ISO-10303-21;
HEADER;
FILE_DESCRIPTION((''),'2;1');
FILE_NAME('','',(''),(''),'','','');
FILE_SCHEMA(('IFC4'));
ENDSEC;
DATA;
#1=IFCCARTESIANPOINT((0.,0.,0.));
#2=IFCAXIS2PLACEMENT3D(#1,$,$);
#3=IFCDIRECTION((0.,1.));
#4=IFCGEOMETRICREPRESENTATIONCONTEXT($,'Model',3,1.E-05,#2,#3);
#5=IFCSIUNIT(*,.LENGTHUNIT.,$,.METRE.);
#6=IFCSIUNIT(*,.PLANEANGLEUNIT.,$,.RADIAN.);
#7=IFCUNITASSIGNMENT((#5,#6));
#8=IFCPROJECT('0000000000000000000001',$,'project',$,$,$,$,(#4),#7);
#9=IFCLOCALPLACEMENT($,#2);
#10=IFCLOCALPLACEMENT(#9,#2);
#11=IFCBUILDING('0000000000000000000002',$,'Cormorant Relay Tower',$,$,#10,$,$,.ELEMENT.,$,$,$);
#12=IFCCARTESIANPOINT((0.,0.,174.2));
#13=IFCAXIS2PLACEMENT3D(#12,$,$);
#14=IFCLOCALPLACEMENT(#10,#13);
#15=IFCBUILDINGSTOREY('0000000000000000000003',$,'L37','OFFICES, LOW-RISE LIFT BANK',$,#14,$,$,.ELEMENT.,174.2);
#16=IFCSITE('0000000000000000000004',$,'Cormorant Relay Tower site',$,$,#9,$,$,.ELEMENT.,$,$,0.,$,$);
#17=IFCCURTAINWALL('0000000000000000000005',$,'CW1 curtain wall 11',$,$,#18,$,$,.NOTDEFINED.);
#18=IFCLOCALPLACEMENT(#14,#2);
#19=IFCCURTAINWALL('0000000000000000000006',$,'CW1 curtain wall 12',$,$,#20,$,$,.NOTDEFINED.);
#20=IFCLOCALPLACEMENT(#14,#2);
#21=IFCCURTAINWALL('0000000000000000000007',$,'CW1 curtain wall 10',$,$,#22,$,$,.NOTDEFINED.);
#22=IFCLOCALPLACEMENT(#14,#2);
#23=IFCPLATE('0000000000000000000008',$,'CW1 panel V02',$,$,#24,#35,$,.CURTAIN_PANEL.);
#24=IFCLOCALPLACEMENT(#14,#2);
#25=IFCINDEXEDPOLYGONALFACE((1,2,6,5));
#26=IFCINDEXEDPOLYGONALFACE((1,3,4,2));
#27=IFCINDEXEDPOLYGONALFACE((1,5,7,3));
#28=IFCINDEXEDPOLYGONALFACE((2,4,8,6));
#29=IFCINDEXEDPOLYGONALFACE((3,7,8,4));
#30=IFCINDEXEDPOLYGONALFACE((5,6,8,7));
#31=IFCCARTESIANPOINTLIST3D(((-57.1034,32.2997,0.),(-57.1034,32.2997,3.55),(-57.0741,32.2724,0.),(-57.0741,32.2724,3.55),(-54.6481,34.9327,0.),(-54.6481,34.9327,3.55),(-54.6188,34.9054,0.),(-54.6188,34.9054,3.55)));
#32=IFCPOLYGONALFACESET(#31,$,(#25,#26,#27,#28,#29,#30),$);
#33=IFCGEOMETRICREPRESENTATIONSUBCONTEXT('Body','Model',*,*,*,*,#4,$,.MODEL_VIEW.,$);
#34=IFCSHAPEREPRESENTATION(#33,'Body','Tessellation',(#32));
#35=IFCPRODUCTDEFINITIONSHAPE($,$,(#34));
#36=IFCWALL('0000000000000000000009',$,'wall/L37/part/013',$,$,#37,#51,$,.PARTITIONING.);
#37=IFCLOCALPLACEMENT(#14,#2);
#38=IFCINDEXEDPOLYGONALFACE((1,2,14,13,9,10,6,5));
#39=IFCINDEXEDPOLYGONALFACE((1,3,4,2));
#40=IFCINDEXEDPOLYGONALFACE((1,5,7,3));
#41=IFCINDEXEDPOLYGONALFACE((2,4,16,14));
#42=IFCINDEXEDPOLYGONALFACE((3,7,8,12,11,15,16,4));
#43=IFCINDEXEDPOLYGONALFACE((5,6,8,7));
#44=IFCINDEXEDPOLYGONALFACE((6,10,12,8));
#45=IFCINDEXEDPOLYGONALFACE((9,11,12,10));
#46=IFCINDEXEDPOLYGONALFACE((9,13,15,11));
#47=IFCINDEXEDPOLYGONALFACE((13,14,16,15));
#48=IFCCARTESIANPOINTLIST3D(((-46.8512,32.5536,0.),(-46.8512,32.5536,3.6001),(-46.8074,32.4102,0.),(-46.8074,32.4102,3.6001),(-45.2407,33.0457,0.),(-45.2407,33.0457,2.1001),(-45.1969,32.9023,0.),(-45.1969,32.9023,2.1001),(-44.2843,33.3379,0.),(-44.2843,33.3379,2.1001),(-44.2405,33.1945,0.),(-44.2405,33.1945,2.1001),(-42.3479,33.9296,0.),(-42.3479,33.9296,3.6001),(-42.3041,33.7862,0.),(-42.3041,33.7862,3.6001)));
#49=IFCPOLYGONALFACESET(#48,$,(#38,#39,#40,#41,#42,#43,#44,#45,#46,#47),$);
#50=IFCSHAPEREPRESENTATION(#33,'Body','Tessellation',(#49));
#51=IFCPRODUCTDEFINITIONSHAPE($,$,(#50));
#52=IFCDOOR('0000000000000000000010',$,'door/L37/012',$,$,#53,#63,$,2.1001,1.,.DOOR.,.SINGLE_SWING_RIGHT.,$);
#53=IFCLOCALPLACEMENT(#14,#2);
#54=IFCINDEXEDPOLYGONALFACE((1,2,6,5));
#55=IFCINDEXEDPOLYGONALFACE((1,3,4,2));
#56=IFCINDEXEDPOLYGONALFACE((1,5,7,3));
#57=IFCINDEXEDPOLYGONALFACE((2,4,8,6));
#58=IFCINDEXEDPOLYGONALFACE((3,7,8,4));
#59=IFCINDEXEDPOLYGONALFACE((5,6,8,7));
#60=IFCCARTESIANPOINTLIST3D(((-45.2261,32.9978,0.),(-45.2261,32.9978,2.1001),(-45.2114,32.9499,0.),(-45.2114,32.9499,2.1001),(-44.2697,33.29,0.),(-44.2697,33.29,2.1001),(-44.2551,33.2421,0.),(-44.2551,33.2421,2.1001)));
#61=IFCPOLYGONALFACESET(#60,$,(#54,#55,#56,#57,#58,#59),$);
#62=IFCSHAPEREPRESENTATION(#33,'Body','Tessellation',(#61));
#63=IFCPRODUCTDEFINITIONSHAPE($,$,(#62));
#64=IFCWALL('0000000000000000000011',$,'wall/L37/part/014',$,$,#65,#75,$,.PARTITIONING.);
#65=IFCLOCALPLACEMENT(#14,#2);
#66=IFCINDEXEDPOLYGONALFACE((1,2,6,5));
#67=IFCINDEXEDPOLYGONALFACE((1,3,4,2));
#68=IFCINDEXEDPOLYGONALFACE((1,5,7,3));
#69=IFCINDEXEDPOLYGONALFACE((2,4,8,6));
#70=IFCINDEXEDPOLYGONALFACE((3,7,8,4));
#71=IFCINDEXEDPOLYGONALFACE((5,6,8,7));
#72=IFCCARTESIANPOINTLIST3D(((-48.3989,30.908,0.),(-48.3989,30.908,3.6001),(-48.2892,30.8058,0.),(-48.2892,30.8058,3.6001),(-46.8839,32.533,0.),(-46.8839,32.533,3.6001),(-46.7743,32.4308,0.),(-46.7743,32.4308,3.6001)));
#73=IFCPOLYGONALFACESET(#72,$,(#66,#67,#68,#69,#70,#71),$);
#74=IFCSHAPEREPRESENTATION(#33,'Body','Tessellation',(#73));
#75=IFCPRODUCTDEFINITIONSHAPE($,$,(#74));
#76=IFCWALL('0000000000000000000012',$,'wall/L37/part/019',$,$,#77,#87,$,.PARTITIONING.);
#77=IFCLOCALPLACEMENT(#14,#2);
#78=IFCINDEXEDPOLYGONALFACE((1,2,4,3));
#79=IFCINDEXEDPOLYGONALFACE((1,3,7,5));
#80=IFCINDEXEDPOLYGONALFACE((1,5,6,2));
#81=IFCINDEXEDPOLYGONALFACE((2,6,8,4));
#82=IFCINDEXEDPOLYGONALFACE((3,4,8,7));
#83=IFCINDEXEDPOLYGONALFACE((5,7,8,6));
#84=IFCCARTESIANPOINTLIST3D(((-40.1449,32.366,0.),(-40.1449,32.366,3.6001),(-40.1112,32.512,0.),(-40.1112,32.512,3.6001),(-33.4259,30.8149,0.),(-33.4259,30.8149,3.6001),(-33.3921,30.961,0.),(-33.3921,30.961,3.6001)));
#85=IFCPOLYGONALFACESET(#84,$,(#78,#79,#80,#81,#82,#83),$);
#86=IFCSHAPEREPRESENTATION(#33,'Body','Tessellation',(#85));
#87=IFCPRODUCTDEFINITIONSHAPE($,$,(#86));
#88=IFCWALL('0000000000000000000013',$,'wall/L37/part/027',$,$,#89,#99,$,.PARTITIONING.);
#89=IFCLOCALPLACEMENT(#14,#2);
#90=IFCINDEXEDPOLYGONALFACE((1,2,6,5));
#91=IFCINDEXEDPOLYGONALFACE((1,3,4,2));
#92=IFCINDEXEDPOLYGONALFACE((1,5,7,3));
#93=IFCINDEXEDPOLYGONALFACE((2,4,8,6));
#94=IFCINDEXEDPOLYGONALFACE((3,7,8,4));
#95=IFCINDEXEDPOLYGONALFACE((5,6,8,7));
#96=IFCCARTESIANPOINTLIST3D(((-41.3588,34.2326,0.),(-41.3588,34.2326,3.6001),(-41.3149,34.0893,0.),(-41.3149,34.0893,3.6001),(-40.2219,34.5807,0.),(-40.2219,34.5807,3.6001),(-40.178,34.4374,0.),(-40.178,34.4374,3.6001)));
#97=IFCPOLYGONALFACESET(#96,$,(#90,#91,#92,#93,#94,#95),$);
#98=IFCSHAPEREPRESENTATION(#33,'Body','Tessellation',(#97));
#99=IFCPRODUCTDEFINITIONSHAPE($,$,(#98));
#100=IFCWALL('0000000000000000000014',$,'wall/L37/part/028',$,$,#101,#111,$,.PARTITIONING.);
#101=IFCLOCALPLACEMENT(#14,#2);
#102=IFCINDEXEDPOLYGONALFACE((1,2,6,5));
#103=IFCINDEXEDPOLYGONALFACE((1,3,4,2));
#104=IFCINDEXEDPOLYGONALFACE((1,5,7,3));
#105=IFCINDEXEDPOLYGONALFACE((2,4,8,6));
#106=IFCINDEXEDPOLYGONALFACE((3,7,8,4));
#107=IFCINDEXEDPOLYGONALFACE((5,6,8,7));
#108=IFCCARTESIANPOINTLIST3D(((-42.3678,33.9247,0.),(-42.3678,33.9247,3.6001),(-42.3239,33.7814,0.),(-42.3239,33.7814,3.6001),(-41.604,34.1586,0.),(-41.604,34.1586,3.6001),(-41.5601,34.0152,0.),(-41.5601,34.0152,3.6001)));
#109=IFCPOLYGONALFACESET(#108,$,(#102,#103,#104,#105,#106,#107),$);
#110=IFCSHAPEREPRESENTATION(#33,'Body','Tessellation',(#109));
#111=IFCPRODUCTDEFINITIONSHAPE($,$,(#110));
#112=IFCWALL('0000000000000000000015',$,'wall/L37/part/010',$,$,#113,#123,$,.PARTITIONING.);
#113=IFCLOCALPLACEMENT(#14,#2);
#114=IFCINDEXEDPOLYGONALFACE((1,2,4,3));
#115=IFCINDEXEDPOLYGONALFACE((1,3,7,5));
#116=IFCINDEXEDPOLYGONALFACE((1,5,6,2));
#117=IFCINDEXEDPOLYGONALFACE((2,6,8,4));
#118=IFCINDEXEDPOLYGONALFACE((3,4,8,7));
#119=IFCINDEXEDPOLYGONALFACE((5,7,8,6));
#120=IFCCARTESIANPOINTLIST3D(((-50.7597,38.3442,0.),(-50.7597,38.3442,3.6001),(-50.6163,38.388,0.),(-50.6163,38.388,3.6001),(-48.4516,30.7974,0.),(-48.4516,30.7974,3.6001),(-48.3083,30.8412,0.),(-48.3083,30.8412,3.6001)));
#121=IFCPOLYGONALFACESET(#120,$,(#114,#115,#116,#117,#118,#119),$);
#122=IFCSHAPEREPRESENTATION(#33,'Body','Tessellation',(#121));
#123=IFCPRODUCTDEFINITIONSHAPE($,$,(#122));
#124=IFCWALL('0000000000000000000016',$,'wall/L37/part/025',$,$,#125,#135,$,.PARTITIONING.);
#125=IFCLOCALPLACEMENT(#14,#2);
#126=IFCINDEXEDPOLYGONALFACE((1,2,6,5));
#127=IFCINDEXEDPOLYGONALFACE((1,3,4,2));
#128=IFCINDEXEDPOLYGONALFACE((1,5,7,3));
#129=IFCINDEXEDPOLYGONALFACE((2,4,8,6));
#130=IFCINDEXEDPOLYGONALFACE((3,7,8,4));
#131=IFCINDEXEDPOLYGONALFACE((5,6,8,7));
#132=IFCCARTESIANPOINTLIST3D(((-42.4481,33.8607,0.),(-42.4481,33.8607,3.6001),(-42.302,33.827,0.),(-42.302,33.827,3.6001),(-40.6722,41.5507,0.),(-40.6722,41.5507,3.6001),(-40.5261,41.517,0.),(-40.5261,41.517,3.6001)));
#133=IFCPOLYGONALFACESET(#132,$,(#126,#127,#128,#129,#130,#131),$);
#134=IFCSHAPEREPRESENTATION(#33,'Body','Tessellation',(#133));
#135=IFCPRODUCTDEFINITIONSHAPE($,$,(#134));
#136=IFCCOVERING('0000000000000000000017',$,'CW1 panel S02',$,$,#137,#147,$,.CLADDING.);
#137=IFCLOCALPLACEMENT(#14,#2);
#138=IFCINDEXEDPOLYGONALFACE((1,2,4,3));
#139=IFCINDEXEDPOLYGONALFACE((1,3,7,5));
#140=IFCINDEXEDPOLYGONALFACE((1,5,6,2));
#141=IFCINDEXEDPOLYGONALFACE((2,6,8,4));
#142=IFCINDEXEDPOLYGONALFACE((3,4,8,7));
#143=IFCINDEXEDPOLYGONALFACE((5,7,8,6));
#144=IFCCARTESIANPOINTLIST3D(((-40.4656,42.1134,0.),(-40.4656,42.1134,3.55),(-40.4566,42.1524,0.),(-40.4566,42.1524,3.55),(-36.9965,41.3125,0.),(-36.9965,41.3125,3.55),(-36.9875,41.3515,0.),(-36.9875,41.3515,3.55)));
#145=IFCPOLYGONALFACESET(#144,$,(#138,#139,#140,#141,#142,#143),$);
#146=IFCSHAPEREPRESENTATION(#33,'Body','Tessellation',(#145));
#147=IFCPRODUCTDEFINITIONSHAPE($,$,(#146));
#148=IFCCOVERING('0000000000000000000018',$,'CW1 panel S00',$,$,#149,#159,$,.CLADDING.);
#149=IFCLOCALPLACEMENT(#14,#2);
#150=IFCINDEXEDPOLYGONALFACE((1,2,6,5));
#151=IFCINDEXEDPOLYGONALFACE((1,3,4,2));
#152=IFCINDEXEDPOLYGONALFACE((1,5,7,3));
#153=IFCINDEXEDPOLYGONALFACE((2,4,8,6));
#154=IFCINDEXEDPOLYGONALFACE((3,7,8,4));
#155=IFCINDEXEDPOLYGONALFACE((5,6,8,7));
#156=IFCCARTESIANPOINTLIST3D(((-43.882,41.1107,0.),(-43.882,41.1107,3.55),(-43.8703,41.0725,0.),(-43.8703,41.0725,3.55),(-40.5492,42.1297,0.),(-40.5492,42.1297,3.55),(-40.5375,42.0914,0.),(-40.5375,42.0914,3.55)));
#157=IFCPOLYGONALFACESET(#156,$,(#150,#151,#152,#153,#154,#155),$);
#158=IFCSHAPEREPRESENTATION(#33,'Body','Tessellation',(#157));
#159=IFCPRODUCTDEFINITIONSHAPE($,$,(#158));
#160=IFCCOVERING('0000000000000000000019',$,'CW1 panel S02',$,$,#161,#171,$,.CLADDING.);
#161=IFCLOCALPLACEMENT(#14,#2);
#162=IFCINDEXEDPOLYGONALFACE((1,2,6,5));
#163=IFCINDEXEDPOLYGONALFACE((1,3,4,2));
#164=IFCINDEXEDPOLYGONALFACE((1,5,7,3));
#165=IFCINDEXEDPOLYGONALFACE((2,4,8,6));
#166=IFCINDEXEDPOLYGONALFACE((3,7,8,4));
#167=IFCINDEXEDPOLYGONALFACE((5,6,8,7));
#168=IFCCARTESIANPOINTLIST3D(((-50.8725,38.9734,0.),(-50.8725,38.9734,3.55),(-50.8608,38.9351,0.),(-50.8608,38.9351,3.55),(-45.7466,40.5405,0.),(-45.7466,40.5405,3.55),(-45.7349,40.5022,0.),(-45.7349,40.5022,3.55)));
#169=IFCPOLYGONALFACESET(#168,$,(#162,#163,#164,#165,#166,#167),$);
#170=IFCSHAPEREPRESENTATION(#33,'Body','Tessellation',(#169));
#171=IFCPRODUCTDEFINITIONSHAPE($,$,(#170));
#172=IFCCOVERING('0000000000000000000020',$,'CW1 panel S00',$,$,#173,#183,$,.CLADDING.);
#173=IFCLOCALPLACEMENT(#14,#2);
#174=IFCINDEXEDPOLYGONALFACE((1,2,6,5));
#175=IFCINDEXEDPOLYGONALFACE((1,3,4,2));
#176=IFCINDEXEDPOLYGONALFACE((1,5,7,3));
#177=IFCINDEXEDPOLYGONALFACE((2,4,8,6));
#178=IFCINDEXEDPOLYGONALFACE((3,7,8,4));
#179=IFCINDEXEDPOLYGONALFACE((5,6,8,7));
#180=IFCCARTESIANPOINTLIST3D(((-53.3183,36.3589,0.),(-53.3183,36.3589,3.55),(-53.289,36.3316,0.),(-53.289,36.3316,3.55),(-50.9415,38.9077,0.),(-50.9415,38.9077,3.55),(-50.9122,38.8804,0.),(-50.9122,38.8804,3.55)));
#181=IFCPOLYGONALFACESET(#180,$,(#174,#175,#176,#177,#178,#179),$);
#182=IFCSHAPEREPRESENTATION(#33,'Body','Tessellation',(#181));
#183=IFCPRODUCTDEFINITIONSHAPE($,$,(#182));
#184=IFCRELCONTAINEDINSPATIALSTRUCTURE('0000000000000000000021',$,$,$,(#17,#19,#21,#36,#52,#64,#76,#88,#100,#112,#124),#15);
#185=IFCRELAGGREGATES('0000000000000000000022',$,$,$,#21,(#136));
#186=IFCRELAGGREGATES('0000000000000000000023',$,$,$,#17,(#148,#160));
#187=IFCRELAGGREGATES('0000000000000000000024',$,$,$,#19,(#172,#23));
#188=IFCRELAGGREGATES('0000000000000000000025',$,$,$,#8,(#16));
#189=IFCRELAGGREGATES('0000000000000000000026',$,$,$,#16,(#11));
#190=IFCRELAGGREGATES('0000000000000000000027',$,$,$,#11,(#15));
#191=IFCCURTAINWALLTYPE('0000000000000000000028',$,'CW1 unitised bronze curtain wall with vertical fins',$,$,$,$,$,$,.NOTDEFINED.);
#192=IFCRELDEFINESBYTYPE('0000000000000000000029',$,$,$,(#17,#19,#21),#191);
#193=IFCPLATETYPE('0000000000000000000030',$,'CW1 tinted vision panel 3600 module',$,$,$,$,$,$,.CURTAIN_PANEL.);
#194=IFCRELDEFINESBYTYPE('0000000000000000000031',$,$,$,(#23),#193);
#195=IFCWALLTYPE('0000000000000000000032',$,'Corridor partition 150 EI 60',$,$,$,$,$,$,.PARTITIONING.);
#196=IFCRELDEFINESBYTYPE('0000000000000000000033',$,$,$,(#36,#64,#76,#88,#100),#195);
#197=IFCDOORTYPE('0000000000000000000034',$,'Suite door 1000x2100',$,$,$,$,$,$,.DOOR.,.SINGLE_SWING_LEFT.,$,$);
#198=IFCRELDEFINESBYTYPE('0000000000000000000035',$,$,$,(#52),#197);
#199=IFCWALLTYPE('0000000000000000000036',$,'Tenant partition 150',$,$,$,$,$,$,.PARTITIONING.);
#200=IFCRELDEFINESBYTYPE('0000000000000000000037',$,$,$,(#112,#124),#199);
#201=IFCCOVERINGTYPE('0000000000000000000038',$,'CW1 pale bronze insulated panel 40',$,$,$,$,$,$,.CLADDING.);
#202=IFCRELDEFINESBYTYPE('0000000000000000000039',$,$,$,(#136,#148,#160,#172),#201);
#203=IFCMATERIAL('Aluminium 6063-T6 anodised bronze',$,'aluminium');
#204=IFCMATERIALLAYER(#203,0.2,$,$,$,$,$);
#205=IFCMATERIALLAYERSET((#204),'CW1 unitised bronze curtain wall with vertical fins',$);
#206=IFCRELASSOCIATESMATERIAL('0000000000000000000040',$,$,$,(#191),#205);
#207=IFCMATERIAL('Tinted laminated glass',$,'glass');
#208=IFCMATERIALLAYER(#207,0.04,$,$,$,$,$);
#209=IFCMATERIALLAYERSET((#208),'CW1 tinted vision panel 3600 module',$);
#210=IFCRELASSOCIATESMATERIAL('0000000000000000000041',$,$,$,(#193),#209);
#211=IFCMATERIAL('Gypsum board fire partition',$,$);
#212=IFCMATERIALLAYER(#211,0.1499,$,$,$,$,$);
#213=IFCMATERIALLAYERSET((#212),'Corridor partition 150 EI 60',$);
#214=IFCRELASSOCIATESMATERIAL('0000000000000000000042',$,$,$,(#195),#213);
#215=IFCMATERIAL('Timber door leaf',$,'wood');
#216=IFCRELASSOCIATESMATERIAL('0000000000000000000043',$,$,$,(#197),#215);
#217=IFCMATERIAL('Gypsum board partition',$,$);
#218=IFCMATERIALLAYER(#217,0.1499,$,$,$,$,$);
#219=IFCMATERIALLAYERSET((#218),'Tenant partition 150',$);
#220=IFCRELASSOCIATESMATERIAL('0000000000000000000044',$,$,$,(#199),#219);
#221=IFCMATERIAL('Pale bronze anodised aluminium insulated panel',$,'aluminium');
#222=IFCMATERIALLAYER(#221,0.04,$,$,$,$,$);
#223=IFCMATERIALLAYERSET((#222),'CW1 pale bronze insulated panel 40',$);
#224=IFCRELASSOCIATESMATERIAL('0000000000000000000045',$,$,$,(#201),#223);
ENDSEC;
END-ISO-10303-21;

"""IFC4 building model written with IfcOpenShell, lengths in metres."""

from ifc_helpers import new_model, si_unit, direction, frame, frame_2d, origin, origin_2d, place, context, subcontext, project, spatial, rectangle, extrude, material, layer, layer_set, type_object, element, fill, aggregate, save


model = new_model("IFC4")

# Units and contexts
model_context = context("Model", 3, precision=1e-05, world=origin(), true_north=direction((0.0, 1.0)))
body_context = subcontext(model_context, "Body", "Model", "MODEL_VIEW")
ifc_project = project(units=[si_unit("LENGTHUNIT", "METRE"), si_unit("PLANEANGLEUNIT", "RADIAN")], contexts=[model_context])

# Site, building, storey
site_placement = place(None, origin())
site = spatial("IfcSite", under=ifc_project, at=site_placement, Name="Cormorant Relay Tower site", CompositionType="ELEMENT", RefElevation=0.0)
building_placement = place(site_placement, origin())
building = spatial("IfcBuilding", under=site, at=building_placement, Name="Cormorant Relay Tower", CompositionType="ELEMENT")
storey_placement = place(building_placement, frame((0.0, 0.0, 174.2)))
storey = spatial("IfcBuildingStorey", under=building, at=storey_placement, Name="L37", Description="OFFICES, LOW-RISE LIFT BANK", CompositionType="ELEMENT", Elevation=174.2)

# Curtain walls
ifc_material_1 = material(Name="Aluminium 6063-T6 anodised bronze", Category="aluminium")
ifc_layer_1 = layer(ifc_material_1, 0.2)
ifc_layer_set_1 = layer_set([ifc_layer_1], Name="CW1 unitised bronze curtain wall with vertical fins")
curtain_wall_type = type_object("IfcCurtainWallType", Name="CW1 unitised bronze curtain wall with vertical fins", PredefinedType="NOTDEFINED", material=ifc_layer_set_1)
curtain_wall_1_placement = place(storey_placement, origin())
curtain_wall_1 = element("IfcCurtainWall", 1, at=curtain_wall_1_placement, inside=storey, type_object=curtain_wall_type, Name="CW1 curtain wall 11", PredefinedType="NOTDEFINED")
curtain_wall_2_placement = place(storey_placement, origin())
curtain_wall_2 = element("IfcCurtainWall", 2, at=curtain_wall_2_placement, inside=storey, type_object=curtain_wall_type, Name="CW1 curtain wall 12", PredefinedType="NOTDEFINED")

# Curtain wall
curtain_wall_3_placement = place(storey_placement, origin())
curtain_wall_3 = element("IfcCurtainWall", 3, at=curtain_wall_3_placement, inside=storey, type_object=curtain_wall_type, Name="CW1 curtain wall 10", PredefinedType="NOTDEFINED")

# Plate
ifc_material_2 = material(Name="Tinted laminated glass", Category="glass")
ifc_layer_2 = layer(ifc_material_2, 0.04)
ifc_layer_set_2 = layer_set([ifc_layer_2], Name="CW1 tinted vision panel 3600 module")
plate_type_1 = type_object("IfcPlateType", Name="CW1 tinted vision panel 3600 module", PredefinedType="CURTAIN_PANEL", material=ifc_layer_set_2)
plate_1_placement = place(storey_placement, frame((-55.8611, 33.6025, 0.0), z_axis=(0.0, 0.0, 1.0), x_axis=(-0.681998, -0.731354, 0.0)))
plate_1 = element("IfcPlate", 4, at=plate_1_placement, type_object=plate_type_1, Name="CW1 panel V02", PredefinedType="CURTAIN_PANEL", context=body_context, shape_type="SweptSolid", body=[
    extrude(rectangle(XDim=3.6001, YDim=0.04, at=origin_2d()), origin(), (0.0, 0.0, 1.0), 3.55),
])

# Wall, opening, door
ifc_material_3 = material(Name="Gypsum board fire partition")
ifc_layer_3 = layer(ifc_material_3, 0.1499)
ifc_layer_set_3 = layer_set([ifc_layer_3], Name="Corridor partition 150 EI 60")
wall_type_1 = type_object("IfcWallType", Name="Corridor partition 150 EI 60", PredefinedType="PARTITIONING", material=ifc_layer_set_3)
wall_1_placement = place(storey_placement, frame((-42.3259, 33.8579, 0.0), z_axis=(0.0, 0.0, 1.0), x_axis=(-0.956351, -0.29222, 0.0)))
wall_1 = element("IfcWall", 5, at=wall_1_placement, inside=storey, type_object=wall_type_1, Name="wall/L37/part/013", PredefinedType="PARTITIONING", context=body_context, shape_type="SweptSolid", body=[
    extrude(rectangle(XDim=4.7087, YDim=0.1499, at=frame_2d((2.3545, 0.0))), origin(), (0.0, 0.0, 1.0), 3.6001),
])
opening_placement = place(wall_1_placement, frame((2.0249, 0.0, 0.0)))
opening = element("IfcOpeningElement", 6, at=opening_placement, cuts=wall_1, PredefinedType="OPENING", context=body_context, shape_type="SweptSolid", body=[
    extrude(rectangle(XDim=1.0, YDim=2.1001, at=frame_2d((0.5, 1.05))), frame((0.0, 0.085, 0.0), z_axis=(0.0, -1.0, 0.0), x_axis=(1.0, 0.0, 0.0)), (0.0, 0.0, 1.0), 0.1699),
])
ifc_material_4 = material(Name="Timber door leaf", Category="wood")
door_type = type_object("IfcDoorType", Name="Suite door 1000x2100", OperationType="SINGLE_SWING_LEFT", PredefinedType="DOOR", material=ifc_material_4)
door_placement = place(opening_placement, frame((1.0, 0.0, 0.0), z_axis=(0.0, 0.0, 1.0), x_axis=(-1.0, 0.0, 0.0)))
door = element("IfcDoor", 7, at=door_placement, inside=storey, type_object=door_type, Name="door/L37/012", OperationType="SINGLE_SWING_RIGHT", OverallHeight=2.1001, OverallWidth=1.0, PredefinedType="DOOR", context=body_context, shape_type="SweptSolid", body=[
    extrude(rectangle(XDim=1.0, YDim=2.1001, at=frame_2d((0.5, 1.05))), frame((0.0, 0.0249, 0.0), z_axis=(0.0, -1.0, 0.0), x_axis=(1.0, 0.0, 0.0)), (0.0, 0.0, 1.0), 0.05),
])
fill(opening, door)

# Walls
wall_2_placement = place(storey_placement, frame((-46.8291, 32.4819, 0.0), z_axis=(0.0, 0.0, 1.0), x_axis=(-0.681891, -0.731453, 0.0)))
element("IfcWall", 8, at=wall_2_placement, inside=storey, type_object=wall_type_1, Name="wall/L37/part/014", PredefinedType="PARTITIONING", context=body_context, shape_type="SweptSolid", body=[
    extrude(rectangle(XDim=2.2217, YDim=0.1499, at=frame_2d((1.1108, 0.0))), origin(), (0.0, 0.0, 1.0), 3.6001),
])
wall_3_placement = place(storey_placement, frame((-40.1279, 32.439, 0.0), z_axis=(0.0, 0.0, 1.0), x_axis=(0.974376, -0.224927, 0.0)))
element("IfcWall", 9, at=wall_3_placement, inside=storey, type_object=wall_type_1, Name="wall/L37/part/019", PredefinedType="PARTITIONING", context=body_context, shape_type="SweptSolid", body=[
    extrude(rectangle(XDim=6.8958, YDim=0.1499, at=frame_2d((3.4478, 0.0))), origin(), (0.0, 0.0, 1.0), 3.6001),
])
wall_4_placement = place(storey_placement, frame((-40.2, 34.509, 0.0), z_axis=(0.0, 0.0, 1.0), x_axis=(-0.956178, -0.292787, 0.0)))
element("IfcWall", 10, at=wall_4_placement, inside=storey, type_object=wall_type_1, Name="wall/L37/part/027", PredefinedType="PARTITIONING", context=body_context, shape_type="SweptSolid", body=[
    extrude(rectangle(XDim=1.189, YDim=0.1499, at=frame_2d((0.5945, 0.0))), origin(), (0.0, 0.0, 1.0), 3.6001),
])
wall_5_placement = place(storey_placement, frame((-41.582, 34.0869, 0.0), z_axis=(0.0, 0.0, 1.0), x_axis=(-0.956188, -0.292754, 0.0)))
element("IfcWall", 11, at=wall_5_placement, inside=storey, type_object=wall_type_1, Name="wall/L37/part/028", PredefinedType="PARTITIONING", context=body_context, shape_type="SweptSolid", body=[
    extrude(rectangle(XDim=0.7988, YDim=0.1499, at=frame_2d((0.3994, 0.0))), origin(), (0.0, 0.0, 1.0), 3.6001),
])
ifc_material_5 = material(Name="Gypsum board partition")
ifc_layer_4 = layer(ifc_material_5, 0.1499)
ifc_layer_set_4 = layer_set([ifc_layer_4], Name="Tenant partition 150")
wall_type_2 = type_object("IfcWallType", Name="Tenant partition 150", PredefinedType="PARTITIONING", material=ifc_layer_set_4)
wall_6_placement = place(storey_placement, frame((-50.688, 38.366, 0.0), z_axis=(0.0, 0.0, 1.0), x_axis=(0.292464, -0.956277, 0.0)))
element("IfcWall", 12, at=wall_6_placement, inside=storey, type_object=wall_type_2, Name="wall/L37/part/010", PredefinedType="PARTITIONING", context=body_context, shape_type="SweptSolid", body=[
    extrude(rectangle(XDim=7.8918, YDim=0.1499, at=frame_2d((3.9458, 0.0))), origin(), (0.0, 0.0, 1.0), 3.6001),
])
wall_7_placement = place(storey_placement, frame((-40.5991, 41.5339, 0.0), z_axis=(0.0, 0.0, 1.0), x_axis=(-0.225013, -0.974356, 0.0)))
element("IfcWall", 13, at=wall_7_placement, inside=storey, type_object=wall_type_2, Name="wall/L37/part/025", PredefinedType="PARTITIONING", context=body_context, shape_type="SweptSolid", body=[
    extrude(rectangle(XDim=7.8923, YDim=0.1499, at=frame_2d((3.9463, 0.0))), origin(), (0.0, 0.0, 1.0), 3.6001),
])

# Coverings
ifc_material_6 = material(Name="Pale bronze anodised aluminium insulated panel", Category="aluminium")
ifc_layer_5 = layer(ifc_material_6, 0.04)
ifc_layer_set_5 = layer_set([ifc_layer_5], Name="CW1 pale bronze insulated panel 40")
covering_type = type_object("IfcCoveringType", Name="CW1 pale bronze insulated panel 40", PredefinedType="CLADDING", material=ifc_layer_set_5)
covering_1_placement = place(storey_placement, frame((-38.7266, 41.7324, 0.0), z_axis=(0.0, 0.0, 1.0), x_axis=(-0.97437, 0.224951, 0.0)))
covering_1 = element("IfcCovering", 14, at=covering_1_placement, type_object=covering_type, Name="CW1 panel S02", PredefinedType="CLADDING", context=body_context, shape_type="SweptSolid", body=[
    extrude(rectangle(XDim=3.5603, YDim=0.04, at=origin_2d()), origin(), (0.0, 0.0, 1.0), 3.55),
])
aggregate(curtain_wall_3, [covering_1])
covering_2_placement = place(storey_placement, frame((-42.2097, 41.6011, 0.0), z_axis=(0.0, 0.0, 1.0), x_axis=(-0.956305, -0.292372, 0.0)))
covering_2 = element("IfcCovering", 15, at=covering_2_placement, type_object=covering_type, Name="CW1 panel S00", PredefinedType="CLADDING", context=body_context, shape_type="SweptSolid", body=[
    extrude(rectangle(XDim=3.4851, YDim=0.04, at=origin_2d()), origin(), (0.0, 0.0, 1.0), 3.55),
])
covering_3_placement = place(storey_placement, frame((-48.3037, 39.7378, 0.0), z_axis=(0.0, 0.0, 1.0), x_axis=(-0.956305, -0.292372, 0.0)))
covering_3 = element("IfcCovering", 16, at=covering_3_placement, type_object=covering_type, Name="CW1 panel S02", PredefinedType="CLADDING", context=body_context, shape_type="SweptSolid", body=[
    extrude(rectangle(XDim=5.3601, YDim=0.04, at=origin_2d()), origin(), (0.0, 0.0, 1.0), 3.55),
])
aggregate(curtain_wall_1, [covering_2, covering_3])
covering_4_placement = place(storey_placement, frame((-52.1152, 37.6196, 0.0), z_axis=(0.0, 0.0, 1.0), x_axis=(-0.681998, -0.731354, 0.0)))
covering_4 = element("IfcCovering", 17, at=covering_4_placement, type_object=covering_type, Name="CW1 panel S00", PredefinedType="CLADDING", context=body_context, shape_type="SweptSolid", body=[
    extrude(rectangle(XDim=3.4851, YDim=0.04, at=origin_2d()), origin(), (0.0, 0.0, 1.0), 3.55),
])
aggregate(curtain_wall_2, [covering_4, plate_1])

save(model, "model.ifc")
